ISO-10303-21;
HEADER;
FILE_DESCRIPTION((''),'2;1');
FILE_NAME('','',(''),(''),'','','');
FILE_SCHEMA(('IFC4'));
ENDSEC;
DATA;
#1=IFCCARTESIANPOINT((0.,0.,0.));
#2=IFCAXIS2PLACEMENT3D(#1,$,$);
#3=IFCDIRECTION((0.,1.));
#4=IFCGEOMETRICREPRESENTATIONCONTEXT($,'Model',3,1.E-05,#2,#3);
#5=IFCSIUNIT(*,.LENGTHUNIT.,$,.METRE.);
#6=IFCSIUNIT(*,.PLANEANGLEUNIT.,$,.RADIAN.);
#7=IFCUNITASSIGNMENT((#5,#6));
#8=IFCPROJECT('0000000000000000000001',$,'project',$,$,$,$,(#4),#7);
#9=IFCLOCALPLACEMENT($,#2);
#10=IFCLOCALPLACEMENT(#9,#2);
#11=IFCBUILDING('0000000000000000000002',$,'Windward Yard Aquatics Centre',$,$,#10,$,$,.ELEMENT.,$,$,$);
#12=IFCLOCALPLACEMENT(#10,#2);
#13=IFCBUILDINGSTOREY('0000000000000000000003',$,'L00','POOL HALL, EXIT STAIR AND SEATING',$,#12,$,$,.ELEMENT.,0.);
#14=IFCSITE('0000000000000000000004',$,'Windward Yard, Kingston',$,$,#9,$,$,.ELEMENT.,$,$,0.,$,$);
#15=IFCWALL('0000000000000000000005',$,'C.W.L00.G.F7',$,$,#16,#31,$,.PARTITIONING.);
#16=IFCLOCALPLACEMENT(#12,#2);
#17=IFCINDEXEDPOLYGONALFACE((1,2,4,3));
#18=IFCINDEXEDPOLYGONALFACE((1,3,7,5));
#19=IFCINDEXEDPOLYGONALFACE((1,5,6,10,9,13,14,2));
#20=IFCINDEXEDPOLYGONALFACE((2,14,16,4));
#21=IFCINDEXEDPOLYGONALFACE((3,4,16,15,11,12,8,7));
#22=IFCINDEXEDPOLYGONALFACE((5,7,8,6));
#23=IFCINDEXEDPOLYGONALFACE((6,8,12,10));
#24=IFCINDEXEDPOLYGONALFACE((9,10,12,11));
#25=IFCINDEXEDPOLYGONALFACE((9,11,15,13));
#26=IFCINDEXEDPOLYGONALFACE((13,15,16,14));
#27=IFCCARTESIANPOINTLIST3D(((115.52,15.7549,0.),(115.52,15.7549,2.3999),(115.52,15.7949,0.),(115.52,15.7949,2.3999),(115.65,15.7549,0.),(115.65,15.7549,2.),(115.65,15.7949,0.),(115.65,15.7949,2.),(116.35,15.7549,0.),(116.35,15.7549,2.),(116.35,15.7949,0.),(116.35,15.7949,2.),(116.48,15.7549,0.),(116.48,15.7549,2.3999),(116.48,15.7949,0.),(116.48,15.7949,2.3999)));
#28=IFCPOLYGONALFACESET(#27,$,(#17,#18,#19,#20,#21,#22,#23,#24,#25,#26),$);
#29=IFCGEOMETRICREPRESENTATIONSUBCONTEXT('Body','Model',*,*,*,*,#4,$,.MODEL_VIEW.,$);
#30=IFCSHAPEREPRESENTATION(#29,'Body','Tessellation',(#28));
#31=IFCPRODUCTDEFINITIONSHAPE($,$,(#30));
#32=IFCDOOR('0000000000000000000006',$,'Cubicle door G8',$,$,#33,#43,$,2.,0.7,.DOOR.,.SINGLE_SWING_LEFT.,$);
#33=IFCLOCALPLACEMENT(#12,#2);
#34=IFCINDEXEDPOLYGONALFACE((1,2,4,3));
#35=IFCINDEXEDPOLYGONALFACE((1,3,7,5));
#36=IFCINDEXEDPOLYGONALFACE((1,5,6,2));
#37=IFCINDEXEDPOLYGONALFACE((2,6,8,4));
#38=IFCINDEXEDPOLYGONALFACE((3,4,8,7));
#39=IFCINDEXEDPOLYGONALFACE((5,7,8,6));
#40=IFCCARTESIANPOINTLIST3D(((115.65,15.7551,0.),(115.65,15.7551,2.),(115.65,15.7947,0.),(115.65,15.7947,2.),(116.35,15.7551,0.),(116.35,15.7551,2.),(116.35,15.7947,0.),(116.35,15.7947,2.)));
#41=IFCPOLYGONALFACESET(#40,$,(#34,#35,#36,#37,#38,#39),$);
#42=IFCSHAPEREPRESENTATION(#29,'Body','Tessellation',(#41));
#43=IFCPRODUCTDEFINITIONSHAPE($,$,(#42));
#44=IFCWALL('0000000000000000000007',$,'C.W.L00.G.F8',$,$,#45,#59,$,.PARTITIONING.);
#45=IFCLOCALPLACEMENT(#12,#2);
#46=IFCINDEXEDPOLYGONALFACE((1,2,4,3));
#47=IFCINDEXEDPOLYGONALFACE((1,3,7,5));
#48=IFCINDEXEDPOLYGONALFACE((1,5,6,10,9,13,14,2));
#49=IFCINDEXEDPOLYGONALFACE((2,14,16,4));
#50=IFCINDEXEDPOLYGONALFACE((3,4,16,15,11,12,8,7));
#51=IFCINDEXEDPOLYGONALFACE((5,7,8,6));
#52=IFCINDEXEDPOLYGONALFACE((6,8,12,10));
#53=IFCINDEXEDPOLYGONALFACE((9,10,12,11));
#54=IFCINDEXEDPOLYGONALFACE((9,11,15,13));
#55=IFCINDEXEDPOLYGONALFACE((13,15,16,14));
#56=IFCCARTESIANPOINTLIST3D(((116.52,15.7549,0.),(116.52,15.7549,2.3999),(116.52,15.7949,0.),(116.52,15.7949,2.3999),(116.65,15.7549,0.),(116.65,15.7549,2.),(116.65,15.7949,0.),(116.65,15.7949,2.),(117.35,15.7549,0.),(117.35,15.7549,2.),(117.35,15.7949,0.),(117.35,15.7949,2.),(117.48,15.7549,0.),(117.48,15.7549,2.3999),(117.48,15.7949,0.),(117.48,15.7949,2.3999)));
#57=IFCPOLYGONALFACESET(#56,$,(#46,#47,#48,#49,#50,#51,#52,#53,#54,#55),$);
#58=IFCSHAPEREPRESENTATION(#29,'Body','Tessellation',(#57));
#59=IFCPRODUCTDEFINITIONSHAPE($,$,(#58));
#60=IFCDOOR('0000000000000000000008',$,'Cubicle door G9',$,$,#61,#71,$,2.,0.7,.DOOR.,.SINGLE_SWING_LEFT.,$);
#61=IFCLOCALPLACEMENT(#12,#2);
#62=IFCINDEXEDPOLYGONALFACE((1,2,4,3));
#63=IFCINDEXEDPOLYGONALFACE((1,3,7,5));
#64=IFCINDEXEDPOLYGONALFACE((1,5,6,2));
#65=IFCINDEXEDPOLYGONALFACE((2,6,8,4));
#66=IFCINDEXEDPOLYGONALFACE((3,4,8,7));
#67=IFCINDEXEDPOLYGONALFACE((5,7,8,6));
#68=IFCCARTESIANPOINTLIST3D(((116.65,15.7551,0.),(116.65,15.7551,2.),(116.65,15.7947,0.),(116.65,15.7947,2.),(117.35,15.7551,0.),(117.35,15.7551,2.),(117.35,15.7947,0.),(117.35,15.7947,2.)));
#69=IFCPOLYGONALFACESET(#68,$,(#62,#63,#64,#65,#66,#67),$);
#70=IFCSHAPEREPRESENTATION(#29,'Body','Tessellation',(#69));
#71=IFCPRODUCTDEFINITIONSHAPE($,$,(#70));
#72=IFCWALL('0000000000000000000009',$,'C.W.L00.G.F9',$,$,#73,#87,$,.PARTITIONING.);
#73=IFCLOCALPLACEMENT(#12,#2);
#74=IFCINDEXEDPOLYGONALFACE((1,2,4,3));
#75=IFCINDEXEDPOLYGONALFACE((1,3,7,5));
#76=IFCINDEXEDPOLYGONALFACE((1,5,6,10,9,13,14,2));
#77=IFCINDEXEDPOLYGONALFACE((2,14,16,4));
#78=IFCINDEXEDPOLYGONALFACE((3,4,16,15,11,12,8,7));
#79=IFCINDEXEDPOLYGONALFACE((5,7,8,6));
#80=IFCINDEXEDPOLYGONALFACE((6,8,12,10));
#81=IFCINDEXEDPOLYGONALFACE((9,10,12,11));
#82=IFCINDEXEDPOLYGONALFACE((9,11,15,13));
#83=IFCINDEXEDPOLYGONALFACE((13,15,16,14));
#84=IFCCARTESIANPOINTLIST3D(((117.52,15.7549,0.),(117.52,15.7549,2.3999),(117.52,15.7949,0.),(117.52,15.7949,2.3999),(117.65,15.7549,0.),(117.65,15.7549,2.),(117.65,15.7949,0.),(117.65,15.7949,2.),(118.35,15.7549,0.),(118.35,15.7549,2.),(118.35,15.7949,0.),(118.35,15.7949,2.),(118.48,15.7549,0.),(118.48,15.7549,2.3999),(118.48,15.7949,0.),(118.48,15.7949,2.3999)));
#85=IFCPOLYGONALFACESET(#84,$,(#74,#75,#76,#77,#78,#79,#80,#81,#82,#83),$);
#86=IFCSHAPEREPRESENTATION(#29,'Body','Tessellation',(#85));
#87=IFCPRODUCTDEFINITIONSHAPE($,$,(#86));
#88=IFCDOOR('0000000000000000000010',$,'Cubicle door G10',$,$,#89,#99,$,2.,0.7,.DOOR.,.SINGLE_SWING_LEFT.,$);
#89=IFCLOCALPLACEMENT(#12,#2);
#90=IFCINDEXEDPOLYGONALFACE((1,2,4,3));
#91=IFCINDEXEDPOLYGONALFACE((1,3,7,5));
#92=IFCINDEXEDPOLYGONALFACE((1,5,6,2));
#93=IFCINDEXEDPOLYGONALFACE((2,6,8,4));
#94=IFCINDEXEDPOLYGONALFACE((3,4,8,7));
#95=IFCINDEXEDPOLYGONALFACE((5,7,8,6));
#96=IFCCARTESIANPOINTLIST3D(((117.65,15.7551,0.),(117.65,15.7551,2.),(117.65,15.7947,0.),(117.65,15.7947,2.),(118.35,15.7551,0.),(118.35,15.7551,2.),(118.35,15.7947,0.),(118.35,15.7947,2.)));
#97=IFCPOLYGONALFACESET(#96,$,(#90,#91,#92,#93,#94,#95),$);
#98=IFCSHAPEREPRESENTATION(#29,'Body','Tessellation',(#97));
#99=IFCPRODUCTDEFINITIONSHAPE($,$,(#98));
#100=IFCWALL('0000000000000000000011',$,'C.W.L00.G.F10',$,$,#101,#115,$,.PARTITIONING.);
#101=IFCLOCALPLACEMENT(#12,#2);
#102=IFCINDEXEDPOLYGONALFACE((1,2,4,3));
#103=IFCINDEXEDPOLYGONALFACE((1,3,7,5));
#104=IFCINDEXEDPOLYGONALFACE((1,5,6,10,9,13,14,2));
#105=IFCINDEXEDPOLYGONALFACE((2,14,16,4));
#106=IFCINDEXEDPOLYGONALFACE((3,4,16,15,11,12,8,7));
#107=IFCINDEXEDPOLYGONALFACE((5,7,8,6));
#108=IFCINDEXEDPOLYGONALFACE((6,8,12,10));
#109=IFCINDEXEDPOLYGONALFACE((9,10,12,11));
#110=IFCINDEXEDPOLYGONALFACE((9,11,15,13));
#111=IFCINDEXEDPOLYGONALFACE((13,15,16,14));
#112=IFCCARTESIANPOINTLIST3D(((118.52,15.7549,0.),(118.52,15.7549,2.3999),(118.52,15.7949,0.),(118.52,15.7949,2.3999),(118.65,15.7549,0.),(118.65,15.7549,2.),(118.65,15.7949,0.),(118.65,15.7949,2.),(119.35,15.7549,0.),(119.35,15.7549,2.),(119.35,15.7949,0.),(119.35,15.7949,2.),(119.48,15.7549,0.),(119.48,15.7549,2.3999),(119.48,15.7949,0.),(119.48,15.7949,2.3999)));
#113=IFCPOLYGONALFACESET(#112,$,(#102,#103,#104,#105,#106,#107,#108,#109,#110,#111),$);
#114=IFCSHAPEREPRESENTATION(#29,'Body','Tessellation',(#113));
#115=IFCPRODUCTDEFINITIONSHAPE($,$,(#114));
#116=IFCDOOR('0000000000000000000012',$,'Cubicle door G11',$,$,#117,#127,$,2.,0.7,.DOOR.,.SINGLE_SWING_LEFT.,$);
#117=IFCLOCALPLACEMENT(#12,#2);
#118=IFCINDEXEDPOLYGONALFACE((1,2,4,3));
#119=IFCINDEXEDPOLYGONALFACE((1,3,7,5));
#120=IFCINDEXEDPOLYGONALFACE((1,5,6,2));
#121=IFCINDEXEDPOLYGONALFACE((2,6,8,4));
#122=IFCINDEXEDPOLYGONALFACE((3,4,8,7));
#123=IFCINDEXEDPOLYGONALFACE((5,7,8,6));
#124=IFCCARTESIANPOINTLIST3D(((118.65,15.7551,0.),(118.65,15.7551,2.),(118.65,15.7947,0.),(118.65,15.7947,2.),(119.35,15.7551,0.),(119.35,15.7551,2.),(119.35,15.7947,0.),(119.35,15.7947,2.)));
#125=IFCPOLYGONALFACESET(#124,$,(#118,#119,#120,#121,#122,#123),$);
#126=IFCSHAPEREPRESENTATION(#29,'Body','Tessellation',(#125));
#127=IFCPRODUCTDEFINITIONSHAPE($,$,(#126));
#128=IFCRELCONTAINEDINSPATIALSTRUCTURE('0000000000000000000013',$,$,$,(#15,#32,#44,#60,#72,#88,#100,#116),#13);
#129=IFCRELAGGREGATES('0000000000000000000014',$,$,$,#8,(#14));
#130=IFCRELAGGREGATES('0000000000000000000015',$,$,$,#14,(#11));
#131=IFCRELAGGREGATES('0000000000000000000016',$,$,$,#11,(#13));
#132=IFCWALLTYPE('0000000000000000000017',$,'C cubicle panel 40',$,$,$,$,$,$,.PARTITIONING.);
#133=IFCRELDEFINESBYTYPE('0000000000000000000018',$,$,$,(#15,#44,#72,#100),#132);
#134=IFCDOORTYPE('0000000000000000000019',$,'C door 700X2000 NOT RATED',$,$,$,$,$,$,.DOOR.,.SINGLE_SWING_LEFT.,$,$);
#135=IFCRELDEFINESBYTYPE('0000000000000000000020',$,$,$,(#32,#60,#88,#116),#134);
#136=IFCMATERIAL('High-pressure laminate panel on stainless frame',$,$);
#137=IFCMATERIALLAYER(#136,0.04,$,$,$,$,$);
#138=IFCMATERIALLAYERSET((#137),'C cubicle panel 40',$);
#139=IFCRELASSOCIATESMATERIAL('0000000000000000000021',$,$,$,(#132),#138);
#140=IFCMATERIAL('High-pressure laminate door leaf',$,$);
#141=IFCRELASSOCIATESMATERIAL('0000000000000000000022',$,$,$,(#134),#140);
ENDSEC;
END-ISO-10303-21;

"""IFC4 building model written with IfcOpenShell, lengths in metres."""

from ifc_helpers import new_model, si_unit, direction, frame, frame_2d, origin, place, context, subcontext, project, spatial, rectangle, extrude, material, layer, layer_set, type_object, element, fill, save


model = new_model("IFC4")

# Units and contexts
model_context = context("Model", 3, precision=1e-05, world=origin(), true_north=direction((0.0, 1.0)))
body_context = subcontext(model_context, "Body", "Model", "MODEL_VIEW")
ifc_project = project(units=[si_unit("LENGTHUNIT", "METRE"), si_unit("PLANEANGLEUNIT", "RADIAN")], contexts=[model_context])

# Site, building, storey
site_placement = place(None, origin())
site = spatial("IfcSite", under=ifc_project, at=site_placement, Name="Windward Yard, Kingston", CompositionType="ELEMENT", RefElevation=0.0)
building_placement = place(site_placement, origin())
building = spatial("IfcBuilding", under=site, at=building_placement, Name="Windward Yard Aquatics Centre", CompositionType="ELEMENT")
storey_placement = place(building_placement, origin())
storey = spatial("IfcBuildingStorey", under=building, at=storey_placement, Name="L00", Description="POOL HALL, EXIT STAIR AND SEATING", CompositionType="ELEMENT", Elevation=0.0)

# Shared definitions
ifc_material_1 = material(Name="High-pressure laminate panel on stainless frame")
ifc_layer = layer(ifc_material_1, 0.04)
ifc_layer_set = layer_set([ifc_layer], Name="C cubicle panel 40")
wall_type = type_object("IfcWallType", Name="C cubicle panel 40", PredefinedType="PARTITIONING", material=ifc_layer_set)

# Walls, openings, doors
ifc_material_2 = material(Name="High-pressure laminate door leaf")
door_type = type_object("IfcDoorType", Name="C door 700X2000 NOT RATED", OperationType="SINGLE_SWING_LEFT", PredefinedType="DOOR", material=ifc_material_2)
wall_1_placement = place(storey_placement, frame((115.52, 15.7749, 0.0), z_axis=(0.0, 0.0, 1.0), x_axis=(1.0, 0.0, 0.0)))
wall_1 = element("IfcWall", 1, at=wall_1_placement, inside=storey, type_object=wall_type, Name="C.W.L00.G.F7", PredefinedType="PARTITIONING", context=body_context, shape_type="SweptSolid", body=[
    extrude(rectangle(XDim=0.96, YDim=0.04, at=frame_2d((0.48, 0.0))), origin(), (0.0, 0.0, 1.0), 2.3999),
])
opening_1_placement = place(wall_1_placement, frame((0.1299, 0.0, 0.0)))
opening_1 = element("IfcOpeningElement", 2, at=opening_1_placement, cuts=wall_1, PredefinedType="OPENING", context=body_context, shape_type="SweptSolid", body=[
    extrude(rectangle(XDim=0.7, YDim=2.0, at=frame_2d((0.3501, 1.0))), frame((0.0, 0.03, 0.0), z_axis=(0.0, -1.0, 0.0), x_axis=(1.0, 0.0, 0.0)), (0.0, 0.0, 1.0), 0.0601),
])
door_1_placement = place(opening_1_placement, origin())
door_1 = element("IfcDoor", 3, at=door_1_placement, inside=storey, type_object=door_type, Name="Cubicle door G8", OperationType="SINGLE_SWING_LEFT", OverallHeight=2.0, OverallWidth=0.7, PredefinedType="DOOR", context=body_context, shape_type="SweptSolid", body=[
    extrude(rectangle(XDim=0.7, YDim=2.0, at=frame_2d((0.3501, 1.0))), frame((0.0, 0.0198, 0.0), z_axis=(0.0, -1.0, 0.0), x_axis=(1.0, 0.0, 0.0)), (0.0, 0.0, 1.0), 0.0396),
])
fill(opening_1, door_1)
wall_2_placement = place(storey_placement, frame((116.52, 15.7749, 0.0), z_axis=(0.0, 0.0, 1.0), x_axis=(1.0, 0.0, 0.0)))
wall_2 = element("IfcWall", 4, at=wall_2_placement, inside=storey, type_object=wall_type, Name="C.W.L00.G.F8", PredefinedType="PARTITIONING", context=body_context, shape_type="SweptSolid", body=[
    extrude(rectangle(XDim=0.96, YDim=0.04, at=frame_2d((0.48, 0.0))), origin(), (0.0, 0.0, 1.0), 2.3999),
])
opening_2_placement = place(wall_2_placement, frame((0.1299, 0.0, 0.0)))
opening_2 = element("IfcOpeningElement", 5, at=opening_2_placement, cuts=wall_2, PredefinedType="OPENING", context=body_context, shape_type="SweptSolid", body=[
    extrude(rectangle(XDim=0.7, YDim=2.0, at=frame_2d((0.3501, 1.0))), frame((0.0, 0.03, 0.0), z_axis=(0.0, -1.0, 0.0), x_axis=(1.0, 0.0, 0.0)), (0.0, 0.0, 1.0), 0.0601),
])
door_2_placement = place(opening_2_placement, origin())
door_2 = element("IfcDoor", 6, at=door_2_placement, inside=storey, type_object=door_type, Name="Cubicle door G9", OperationType="SINGLE_SWING_LEFT", OverallHeight=2.0, OverallWidth=0.7, PredefinedType="DOOR", context=body_context, shape_type="SweptSolid", body=[
    extrude(rectangle(XDim=0.7, YDim=2.0, at=frame_2d((0.3501, 1.0))), frame((0.0, 0.0198, 0.0), z_axis=(0.0, -1.0, 0.0), x_axis=(1.0, 0.0, 0.0)), (0.0, 0.0, 1.0), 0.0396),
])
fill(opening_2, door_2)
wall_3_placement = place(storey_placement, frame((117.52, 15.7749, 0.0), z_axis=(0.0, 0.0, 1.0), x_axis=(1.0, 0.0, 0.0)))
wall_3 = element("IfcWall", 7, at=wall_3_placement, inside=storey, type_object=wall_type, Name="C.W.L00.G.F9", PredefinedType="PARTITIONING", context=body_context, shape_type="SweptSolid", body=[
    extrude(rectangle(XDim=0.96, YDim=0.04, at=frame_2d((0.48, 0.0))), origin(), (0.0, 0.0, 1.0), 2.3999),
])
opening_3_placement = place(wall_3_placement, frame((0.1299, 0.0, 0.0)))
opening_3 = element("IfcOpeningElement", 8, at=opening_3_placement, cuts=wall_3, PredefinedType="OPENING", context=body_context, shape_type="SweptSolid", body=[
    extrude(rectangle(XDim=0.7, YDim=2.0, at=frame_2d((0.3501, 1.0))), frame((0.0, 0.03, 0.0), z_axis=(0.0, -1.0, 0.0), x_axis=(1.0, 0.0, 0.0)), (0.0, 0.0, 1.0), 0.0601),
])
door_3_placement = place(opening_3_placement, origin())
door_3 = element("IfcDoor", 9, at=door_3_placement, inside=storey, type_object=door_type, Name="Cubicle door G10", OperationType="SINGLE_SWING_LEFT", OverallHeight=2.0, OverallWidth=0.7, PredefinedType="DOOR", context=body_context, shape_type="SweptSolid", body=[
    extrude(rectangle(XDim=0.7, YDim=2.0, at=frame_2d((0.3501, 1.0))), frame((0.0, 0.0198, 0.0), z_axis=(0.0, -1.0, 0.0), x_axis=(1.0, 0.0, 0.0)), (0.0, 0.0, 1.0), 0.0396),
])
fill(opening_3, door_3)
wall_4_placement = place(storey_placement, frame((118.52, 15.7749, 0.0), z_axis=(0.0, 0.0, 1.0), x_axis=(1.0, 0.0, 0.0)))
wall_4 = element("IfcWall", 10, at=wall_4_placement, inside=storey, type_object=wall_type, Name="C.W.L00.G.F10", PredefinedType="PARTITIONING", context=body_context, shape_type="SweptSolid", body=[
    extrude(rectangle(XDim=0.96, YDim=0.04, at=frame_2d((0.48, 0.0))), origin(), (0.0, 0.0, 1.0), 2.3999),
])
opening_4_placement = place(wall_4_placement, frame((0.1299, 0.0, 0.0)))
opening_4 = element("IfcOpeningElement", 11, at=opening_4_placement, cuts=wall_4, PredefinedType="OPENING", context=body_context, shape_type="SweptSolid", body=[
    extrude(rectangle(XDim=0.7, YDim=2.0, at=frame_2d((0.3501, 1.0))), frame((0.0, 0.03, 0.0), z_axis=(0.0, -1.0, 0.0), x_axis=(1.0, 0.0, 0.0)), (0.0, 0.0, 1.0), 0.0601),
])
door_4_placement = place(opening_4_placement, origin())
door_4 = element("IfcDoor", 12, at=door_4_placement, inside=storey, type_object=door_type, Name="Cubicle door G11", OperationType="SINGLE_SWING_LEFT", OverallHeight=2.0, OverallWidth=0.7, PredefinedType="DOOR", context=body_context, shape_type="SweptSolid", body=[
    extrude(rectangle(XDim=0.7, YDim=2.0, at=frame_2d((0.3501, 1.0))), frame((0.0, 0.0198, 0.0), z_axis=(0.0, -1.0, 0.0), x_axis=(1.0, 0.0, 0.0)), (0.0, 0.0, 1.0), 0.0396),
])
fill(opening_4, door_4)

save(model, "model.ifc")
